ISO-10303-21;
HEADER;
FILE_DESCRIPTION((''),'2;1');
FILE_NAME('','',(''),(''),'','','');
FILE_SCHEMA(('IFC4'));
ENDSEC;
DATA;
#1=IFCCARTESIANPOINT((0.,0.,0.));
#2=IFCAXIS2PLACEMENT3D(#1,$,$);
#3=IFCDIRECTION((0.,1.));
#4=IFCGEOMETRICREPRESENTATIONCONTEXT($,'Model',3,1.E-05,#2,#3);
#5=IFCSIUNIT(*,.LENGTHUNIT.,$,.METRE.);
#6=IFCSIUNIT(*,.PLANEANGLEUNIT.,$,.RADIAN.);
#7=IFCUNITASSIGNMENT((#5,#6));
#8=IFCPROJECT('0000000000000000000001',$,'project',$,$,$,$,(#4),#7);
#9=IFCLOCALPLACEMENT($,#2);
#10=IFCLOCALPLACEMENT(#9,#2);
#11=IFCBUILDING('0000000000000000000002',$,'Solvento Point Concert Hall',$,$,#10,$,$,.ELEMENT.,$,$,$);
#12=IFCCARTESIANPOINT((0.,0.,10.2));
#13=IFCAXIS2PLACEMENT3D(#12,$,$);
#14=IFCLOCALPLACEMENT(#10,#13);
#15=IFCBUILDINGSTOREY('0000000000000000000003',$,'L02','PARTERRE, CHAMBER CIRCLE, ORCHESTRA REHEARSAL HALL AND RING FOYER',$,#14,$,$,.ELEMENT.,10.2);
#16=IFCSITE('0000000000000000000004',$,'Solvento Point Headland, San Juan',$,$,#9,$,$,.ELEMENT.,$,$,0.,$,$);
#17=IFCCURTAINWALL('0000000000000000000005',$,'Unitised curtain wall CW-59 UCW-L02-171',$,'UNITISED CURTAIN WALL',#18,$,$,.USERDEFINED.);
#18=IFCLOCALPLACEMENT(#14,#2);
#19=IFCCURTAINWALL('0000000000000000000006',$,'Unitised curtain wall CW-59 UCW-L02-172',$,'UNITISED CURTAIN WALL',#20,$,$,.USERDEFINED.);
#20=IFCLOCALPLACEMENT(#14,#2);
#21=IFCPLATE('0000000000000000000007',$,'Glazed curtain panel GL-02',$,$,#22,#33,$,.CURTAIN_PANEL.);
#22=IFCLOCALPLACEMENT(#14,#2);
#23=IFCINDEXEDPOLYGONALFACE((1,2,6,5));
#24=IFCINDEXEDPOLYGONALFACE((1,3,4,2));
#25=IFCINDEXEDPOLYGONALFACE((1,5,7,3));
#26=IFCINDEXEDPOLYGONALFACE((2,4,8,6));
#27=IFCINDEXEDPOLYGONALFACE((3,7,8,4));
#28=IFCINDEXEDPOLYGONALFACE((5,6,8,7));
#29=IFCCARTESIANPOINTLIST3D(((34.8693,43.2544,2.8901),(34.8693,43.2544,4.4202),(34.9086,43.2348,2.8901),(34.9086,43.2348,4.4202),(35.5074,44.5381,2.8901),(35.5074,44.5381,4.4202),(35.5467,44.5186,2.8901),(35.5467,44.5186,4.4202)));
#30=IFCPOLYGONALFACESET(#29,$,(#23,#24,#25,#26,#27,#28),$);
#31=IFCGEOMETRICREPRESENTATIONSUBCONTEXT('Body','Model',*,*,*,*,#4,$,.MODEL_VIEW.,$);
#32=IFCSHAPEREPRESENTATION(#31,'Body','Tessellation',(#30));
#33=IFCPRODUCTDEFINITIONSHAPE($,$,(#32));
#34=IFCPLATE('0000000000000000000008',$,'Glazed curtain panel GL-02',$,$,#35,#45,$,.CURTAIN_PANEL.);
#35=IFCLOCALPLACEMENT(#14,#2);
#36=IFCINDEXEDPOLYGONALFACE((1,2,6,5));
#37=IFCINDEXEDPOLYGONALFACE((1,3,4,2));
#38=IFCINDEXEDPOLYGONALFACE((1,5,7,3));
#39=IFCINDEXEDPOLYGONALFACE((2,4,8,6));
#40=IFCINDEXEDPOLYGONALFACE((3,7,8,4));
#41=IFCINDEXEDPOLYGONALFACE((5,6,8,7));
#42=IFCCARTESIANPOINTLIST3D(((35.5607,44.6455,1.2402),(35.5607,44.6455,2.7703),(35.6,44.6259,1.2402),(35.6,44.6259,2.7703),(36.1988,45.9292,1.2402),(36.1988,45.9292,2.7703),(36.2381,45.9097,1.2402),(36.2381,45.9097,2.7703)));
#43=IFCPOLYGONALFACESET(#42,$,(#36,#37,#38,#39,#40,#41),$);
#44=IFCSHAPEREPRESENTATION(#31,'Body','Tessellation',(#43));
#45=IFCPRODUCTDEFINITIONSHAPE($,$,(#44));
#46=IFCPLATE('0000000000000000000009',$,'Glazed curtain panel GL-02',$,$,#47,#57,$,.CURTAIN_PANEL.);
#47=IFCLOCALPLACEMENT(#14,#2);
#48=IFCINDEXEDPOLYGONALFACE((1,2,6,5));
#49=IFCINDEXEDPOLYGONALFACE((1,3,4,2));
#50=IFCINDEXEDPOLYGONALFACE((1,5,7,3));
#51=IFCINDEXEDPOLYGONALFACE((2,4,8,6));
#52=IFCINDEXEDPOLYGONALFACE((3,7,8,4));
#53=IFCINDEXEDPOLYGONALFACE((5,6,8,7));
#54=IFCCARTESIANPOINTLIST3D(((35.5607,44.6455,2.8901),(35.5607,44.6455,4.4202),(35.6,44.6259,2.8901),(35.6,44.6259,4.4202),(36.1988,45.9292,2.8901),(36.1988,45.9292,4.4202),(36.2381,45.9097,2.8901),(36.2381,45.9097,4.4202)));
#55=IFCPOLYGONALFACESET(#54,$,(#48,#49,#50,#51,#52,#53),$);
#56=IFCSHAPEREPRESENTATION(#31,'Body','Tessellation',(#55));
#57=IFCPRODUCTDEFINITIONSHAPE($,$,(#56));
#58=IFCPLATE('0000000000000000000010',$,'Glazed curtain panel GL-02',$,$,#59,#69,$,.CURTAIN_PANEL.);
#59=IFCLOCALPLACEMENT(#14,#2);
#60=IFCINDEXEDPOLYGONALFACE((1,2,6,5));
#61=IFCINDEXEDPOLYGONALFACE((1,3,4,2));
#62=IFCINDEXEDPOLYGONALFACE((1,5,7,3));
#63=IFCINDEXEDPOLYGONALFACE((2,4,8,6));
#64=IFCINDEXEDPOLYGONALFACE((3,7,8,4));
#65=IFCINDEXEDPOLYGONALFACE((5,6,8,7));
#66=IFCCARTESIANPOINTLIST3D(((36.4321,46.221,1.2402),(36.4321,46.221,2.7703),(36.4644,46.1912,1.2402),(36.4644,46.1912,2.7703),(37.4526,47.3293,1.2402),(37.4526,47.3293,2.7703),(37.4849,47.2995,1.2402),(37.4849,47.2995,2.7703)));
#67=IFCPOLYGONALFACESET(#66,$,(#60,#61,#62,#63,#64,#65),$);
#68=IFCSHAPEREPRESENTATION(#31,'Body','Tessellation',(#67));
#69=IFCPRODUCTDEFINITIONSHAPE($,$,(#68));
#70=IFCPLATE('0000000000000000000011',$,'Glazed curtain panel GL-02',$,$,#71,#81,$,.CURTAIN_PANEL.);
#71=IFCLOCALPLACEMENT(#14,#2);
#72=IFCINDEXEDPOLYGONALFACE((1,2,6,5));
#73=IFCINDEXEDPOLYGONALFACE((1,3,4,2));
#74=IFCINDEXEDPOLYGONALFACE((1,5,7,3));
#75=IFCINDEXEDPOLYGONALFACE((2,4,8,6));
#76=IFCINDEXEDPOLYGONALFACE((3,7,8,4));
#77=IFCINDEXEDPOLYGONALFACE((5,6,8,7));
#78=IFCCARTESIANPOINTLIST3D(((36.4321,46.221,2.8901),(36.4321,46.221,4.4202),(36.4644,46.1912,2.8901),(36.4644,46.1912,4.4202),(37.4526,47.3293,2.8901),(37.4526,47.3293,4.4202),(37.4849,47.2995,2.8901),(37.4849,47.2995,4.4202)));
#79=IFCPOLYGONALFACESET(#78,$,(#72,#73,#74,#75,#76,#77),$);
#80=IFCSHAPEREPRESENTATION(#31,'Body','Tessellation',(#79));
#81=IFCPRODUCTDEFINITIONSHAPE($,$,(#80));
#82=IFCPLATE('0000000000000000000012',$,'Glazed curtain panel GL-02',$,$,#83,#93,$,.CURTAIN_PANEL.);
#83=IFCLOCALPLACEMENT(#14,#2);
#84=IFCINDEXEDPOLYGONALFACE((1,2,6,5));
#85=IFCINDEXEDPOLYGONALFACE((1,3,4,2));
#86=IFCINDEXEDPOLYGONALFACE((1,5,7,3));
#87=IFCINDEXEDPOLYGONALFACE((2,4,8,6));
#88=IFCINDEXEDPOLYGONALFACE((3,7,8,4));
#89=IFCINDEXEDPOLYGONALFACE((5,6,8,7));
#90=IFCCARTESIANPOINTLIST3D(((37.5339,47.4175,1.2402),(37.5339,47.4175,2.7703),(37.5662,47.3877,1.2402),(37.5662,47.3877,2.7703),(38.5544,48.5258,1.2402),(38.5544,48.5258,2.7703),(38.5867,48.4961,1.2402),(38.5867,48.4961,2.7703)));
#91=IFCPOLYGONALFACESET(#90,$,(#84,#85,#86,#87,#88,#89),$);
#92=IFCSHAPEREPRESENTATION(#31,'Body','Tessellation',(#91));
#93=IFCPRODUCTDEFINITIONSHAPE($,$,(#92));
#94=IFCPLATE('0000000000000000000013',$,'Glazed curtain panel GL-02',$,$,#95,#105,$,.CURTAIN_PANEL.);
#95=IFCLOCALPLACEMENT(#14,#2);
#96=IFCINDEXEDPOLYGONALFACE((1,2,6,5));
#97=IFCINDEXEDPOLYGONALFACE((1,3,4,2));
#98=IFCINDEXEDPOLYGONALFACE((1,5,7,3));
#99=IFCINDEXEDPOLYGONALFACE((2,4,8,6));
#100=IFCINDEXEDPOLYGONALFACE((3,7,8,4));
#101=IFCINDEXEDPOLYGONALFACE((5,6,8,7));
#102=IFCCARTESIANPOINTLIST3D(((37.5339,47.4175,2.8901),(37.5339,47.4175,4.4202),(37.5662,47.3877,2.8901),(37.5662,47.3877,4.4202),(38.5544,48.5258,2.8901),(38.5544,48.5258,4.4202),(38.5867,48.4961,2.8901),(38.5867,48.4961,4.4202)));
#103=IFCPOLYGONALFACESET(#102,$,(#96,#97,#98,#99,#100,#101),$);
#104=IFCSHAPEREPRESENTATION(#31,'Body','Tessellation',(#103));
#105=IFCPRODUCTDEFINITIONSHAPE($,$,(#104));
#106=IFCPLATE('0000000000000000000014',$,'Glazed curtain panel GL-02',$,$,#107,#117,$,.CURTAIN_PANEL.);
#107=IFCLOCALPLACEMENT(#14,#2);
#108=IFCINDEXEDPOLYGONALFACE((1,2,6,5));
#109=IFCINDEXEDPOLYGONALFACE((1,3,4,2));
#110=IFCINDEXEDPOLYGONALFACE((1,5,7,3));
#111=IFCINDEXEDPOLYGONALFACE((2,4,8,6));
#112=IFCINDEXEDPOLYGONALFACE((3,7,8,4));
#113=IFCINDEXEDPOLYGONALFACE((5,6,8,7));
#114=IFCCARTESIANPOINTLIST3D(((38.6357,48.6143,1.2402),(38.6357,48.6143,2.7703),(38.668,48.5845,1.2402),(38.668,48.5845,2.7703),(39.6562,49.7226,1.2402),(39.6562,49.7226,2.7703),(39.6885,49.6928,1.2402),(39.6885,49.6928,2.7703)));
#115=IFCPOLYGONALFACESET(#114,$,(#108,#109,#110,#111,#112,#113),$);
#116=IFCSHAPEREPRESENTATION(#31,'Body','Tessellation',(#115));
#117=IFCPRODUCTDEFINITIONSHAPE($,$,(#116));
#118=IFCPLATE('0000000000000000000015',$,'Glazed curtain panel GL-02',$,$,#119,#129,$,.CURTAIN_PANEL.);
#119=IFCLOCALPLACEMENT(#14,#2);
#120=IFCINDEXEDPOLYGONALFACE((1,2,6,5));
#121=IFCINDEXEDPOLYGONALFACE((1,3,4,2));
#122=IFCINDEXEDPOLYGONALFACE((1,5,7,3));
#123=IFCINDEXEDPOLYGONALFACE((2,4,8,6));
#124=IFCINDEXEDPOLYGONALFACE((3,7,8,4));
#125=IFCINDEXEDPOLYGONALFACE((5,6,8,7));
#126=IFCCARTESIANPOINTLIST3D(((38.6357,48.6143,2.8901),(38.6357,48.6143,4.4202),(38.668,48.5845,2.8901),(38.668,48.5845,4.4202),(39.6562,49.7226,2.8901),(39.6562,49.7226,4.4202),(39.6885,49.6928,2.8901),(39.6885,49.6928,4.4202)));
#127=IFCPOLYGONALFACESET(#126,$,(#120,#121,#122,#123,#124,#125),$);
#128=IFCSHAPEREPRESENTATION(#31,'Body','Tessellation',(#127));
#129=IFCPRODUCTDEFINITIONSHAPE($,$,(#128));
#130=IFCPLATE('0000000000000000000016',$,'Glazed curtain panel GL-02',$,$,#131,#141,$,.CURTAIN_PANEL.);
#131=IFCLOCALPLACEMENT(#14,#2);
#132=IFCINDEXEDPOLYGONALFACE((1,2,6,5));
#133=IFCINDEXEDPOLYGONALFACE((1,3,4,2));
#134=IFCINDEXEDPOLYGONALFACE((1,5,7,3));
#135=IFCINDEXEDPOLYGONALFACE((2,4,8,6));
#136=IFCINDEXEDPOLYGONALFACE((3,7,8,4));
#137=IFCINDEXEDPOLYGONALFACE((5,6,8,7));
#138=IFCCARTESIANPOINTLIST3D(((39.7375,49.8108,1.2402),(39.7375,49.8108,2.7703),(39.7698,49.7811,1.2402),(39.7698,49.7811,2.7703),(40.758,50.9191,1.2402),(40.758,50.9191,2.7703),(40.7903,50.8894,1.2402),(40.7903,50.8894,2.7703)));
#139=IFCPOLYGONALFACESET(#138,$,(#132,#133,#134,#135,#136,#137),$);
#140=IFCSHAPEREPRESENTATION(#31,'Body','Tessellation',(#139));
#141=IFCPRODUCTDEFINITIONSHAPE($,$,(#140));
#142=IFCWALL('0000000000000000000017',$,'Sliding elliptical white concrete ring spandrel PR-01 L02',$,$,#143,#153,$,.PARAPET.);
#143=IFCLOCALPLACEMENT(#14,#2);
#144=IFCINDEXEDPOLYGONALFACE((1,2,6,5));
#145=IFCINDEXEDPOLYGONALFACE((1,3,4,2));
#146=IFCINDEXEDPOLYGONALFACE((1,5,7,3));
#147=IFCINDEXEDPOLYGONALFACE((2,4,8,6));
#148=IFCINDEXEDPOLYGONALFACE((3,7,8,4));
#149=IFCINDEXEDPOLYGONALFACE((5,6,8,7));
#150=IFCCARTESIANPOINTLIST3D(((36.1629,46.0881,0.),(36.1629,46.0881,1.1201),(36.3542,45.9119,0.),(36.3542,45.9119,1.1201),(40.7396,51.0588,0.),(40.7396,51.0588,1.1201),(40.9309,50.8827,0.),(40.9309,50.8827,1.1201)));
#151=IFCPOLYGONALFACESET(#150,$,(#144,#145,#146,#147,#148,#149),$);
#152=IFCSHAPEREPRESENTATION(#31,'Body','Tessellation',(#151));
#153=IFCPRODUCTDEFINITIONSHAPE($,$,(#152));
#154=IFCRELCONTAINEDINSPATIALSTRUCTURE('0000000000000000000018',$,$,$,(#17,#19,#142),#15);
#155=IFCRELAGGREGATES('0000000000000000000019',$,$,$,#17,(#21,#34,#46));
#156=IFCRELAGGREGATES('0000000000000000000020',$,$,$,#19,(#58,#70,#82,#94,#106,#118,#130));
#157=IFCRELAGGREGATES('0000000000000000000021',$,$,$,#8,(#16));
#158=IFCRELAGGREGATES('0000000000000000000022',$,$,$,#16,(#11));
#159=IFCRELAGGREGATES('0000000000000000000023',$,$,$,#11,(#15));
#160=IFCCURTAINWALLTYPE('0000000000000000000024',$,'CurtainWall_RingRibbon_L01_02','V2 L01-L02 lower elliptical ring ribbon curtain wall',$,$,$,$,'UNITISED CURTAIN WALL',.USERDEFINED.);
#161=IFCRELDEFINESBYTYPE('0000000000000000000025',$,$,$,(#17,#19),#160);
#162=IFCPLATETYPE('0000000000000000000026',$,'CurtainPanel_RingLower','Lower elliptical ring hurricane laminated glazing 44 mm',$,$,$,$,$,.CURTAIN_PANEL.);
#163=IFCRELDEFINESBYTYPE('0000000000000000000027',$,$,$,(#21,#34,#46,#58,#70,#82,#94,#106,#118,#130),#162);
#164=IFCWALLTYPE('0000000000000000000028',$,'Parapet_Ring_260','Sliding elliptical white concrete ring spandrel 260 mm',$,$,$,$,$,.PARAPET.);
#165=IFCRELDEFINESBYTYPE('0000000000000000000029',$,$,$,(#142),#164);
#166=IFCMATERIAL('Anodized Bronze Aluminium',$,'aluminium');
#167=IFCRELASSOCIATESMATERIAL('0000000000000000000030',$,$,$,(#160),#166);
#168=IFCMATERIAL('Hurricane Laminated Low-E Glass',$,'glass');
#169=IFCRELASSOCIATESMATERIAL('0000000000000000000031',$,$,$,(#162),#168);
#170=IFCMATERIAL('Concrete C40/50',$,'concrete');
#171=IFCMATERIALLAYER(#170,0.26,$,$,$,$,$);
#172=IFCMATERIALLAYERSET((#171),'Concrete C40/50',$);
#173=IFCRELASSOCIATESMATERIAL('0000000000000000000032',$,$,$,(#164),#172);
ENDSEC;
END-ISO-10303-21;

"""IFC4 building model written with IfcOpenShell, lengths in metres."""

from ifc_helpers import new_model, si_unit, direction, frame, frame_2d, origin, origin_2d, place, context, subcontext, project, spatial, rectangle, extrude, material, layer, layer_set, type_object, element, aggregate, save


model = new_model("IFC4")

# Units and contexts
model_context = context("Model", 3, precision=1e-05, world=origin(), true_north=direction((0.0, 1.0)))
body_context = subcontext(model_context, "Body", "Model", "MODEL_VIEW")
ifc_project = project(units=[si_unit("LENGTHUNIT", "METRE"), si_unit("PLANEANGLEUNIT", "RADIAN")], contexts=[model_context])

# Site, building, storey
site_placement = place(None, origin())
site = spatial("IfcSite", under=ifc_project, at=site_placement, Name="Solvento Point Headland, San Juan", CompositionType="ELEMENT", RefElevation=0.0)
building_placement = place(site_placement, origin())
building = spatial("IfcBuilding", under=site, at=building_placement, Name="Solvento Point Concert Hall", CompositionType="ELEMENT")
storey_placement = place(building_placement, frame((0.0, 0.0, 10.2)))
storey = spatial("IfcBuildingStorey", under=building, at=storey_placement, Name="L02", Description="PARTERRE, CHAMBER CIRCLE, ORCHESTRA REHEARSAL HALL AND RING FOYER", CompositionType="ELEMENT", Elevation=10.2)

# Curtain walls
ifc_material_1 = material(Name="Anodized Bronze Aluminium", Category="aluminium")
curtain_wall_type = type_object("IfcCurtainWallType", Name="CurtainWall_RingRibbon_L01_02", Description="V2 L01-L02 lower elliptical ring ribbon curtain wall", ElementType="UNITISED CURTAIN WALL", PredefinedType="USERDEFINED", material=ifc_material_1)
curtain_wall_1_placement = place(storey_placement, origin())
curtain_wall_1 = element("IfcCurtainWall", 1, at=curtain_wall_1_placement, inside=storey, type_object=curtain_wall_type, Name="Unitised curtain wall CW-59 UCW-L02-171", ObjectType="UNITISED CURTAIN WALL", PredefinedType="USERDEFINED")
curtain_wall_2_placement = place(storey_placement, origin())
curtain_wall_2 = element("IfcCurtainWall", 2, at=curtain_wall_2_placement, inside=storey, type_object=curtain_wall_type, Name="Unitised curtain wall CW-59 UCW-L02-172", ObjectType="UNITISED CURTAIN WALL", PredefinedType="USERDEFINED")

# Plates
ifc_material_2 = material(Name="Hurricane Laminated Low-E Glass", Category="glass")
plate_type = type_object("IfcPlateType", Name="CurtainPanel_RingLower", Description="Lower elliptical ring hurricane laminated glazing 44 mm", PredefinedType="CURTAIN_PANEL", material=ifc_material_2)
plate_1_placement = place(storey_placement, frame((35.208, 43.8865, 2.8901), z_axis=(0.0, 0.0, 1.0), x_axis=(0.445115, 0.895473, 0.0)))
plate_1 = element("IfcPlate", 3, at=plate_1_placement, type_object=plate_type, Name="Glazed curtain panel GL-02", PredefinedType="CURTAIN_PANEL", context=body_context, shape_type="SweptSolid", body=[
    extrude(rectangle(XDim=1.4336, YDim=0.0439, at=origin_2d()), origin(), (0.0, 0.0, 1.0), 1.53),
])
plate_2_placement = place(storey_placement, frame((35.8994, 45.2776, 1.2402), z_axis=(0.0, 0.0, 1.0), x_axis=(0.445115, 0.895473, 0.0)))
plate_2 = element("IfcPlate", 4, at=plate_2_placement, type_object=plate_type, Name="Glazed curtain panel GL-02", PredefinedType="CURTAIN_PANEL", context=body_context, shape_type="SweptSolid", body=[
    extrude(rectangle(XDim=1.4336, YDim=0.0439, at=origin_2d()), origin(), (0.0, 0.0, 1.0), 1.53),
])
plate_3_placement = place(storey_placement, frame((35.8994, 45.2776, 2.8901), z_axis=(0.0, 0.0, 1.0), x_axis=(0.445115, 0.895473, 0.0)))
plate_3 = element("IfcPlate", 5, at=plate_3_placement, type_object=plate_type, Name="Glazed curtain panel GL-02", PredefinedType="CURTAIN_PANEL", context=body_context, shape_type="SweptSolid", body=[
    extrude(rectangle(XDim=1.4336, YDim=0.0439, at=origin_2d()), origin(), (0.0, 0.0, 1.0), 1.53),
])
aggregate(curtain_wall_1, [plate_1, plate_2, plate_3])
plate_4_placement = place(storey_placement, frame((36.9585, 46.7603, 1.2402), z_axis=(0.0, 0.0, 1.0), x_axis=(0.677365, 0.735647, 0.0)))
plate_4 = element("IfcPlate", 6, at=plate_4_placement, type_object=plate_type, Name="Glazed curtain panel GL-02", PredefinedType="CURTAIN_PANEL", context=body_context, shape_type="SweptSolid", body=[
    extrude(rectangle(XDim=1.5066, YDim=0.0439, at=origin_2d()), origin(), (0.0, 0.0, 1.0), 1.53),
])
plate_5_placement = place(storey_placement, frame((36.9585, 46.7603, 2.8901), z_axis=(0.0, 0.0, 1.0), x_axis=(0.677365, 0.735647, 0.0)))
plate_5 = element("IfcPlate", 7, at=plate_5_placement, type_object=plate_type, Name="Glazed curtain panel GL-02", PredefinedType="CURTAIN_PANEL", context=body_context, shape_type="SweptSolid", body=[
    extrude(rectangle(XDim=1.5066, YDim=0.0439, at=origin_2d()), origin(), (0.0, 0.0, 1.0), 1.53),
])
plate_6_placement = place(storey_placement, frame((38.0603, 47.9568, 1.2402), z_axis=(0.0, 0.0, 1.0), x_axis=(0.677365, 0.735647, 0.0)))
plate_6 = element("IfcPlate", 8, at=plate_6_placement, type_object=plate_type, Name="Glazed curtain panel GL-02", PredefinedType="CURTAIN_PANEL", context=body_context, shape_type="SweptSolid", body=[
    extrude(rectangle(XDim=1.5066, YDim=0.0439, at=origin_2d()), origin(), (0.0, 0.0, 1.0), 1.53),
])
plate_7_placement = place(storey_placement, frame((38.0603, 47.9568, 2.8901), z_axis=(0.0, 0.0, 1.0), x_axis=(0.677365, 0.735647, 0.0)))
plate_7 = element("IfcPlate", 9, at=plate_7_placement, type_object=plate_type, Name="Glazed curtain panel GL-02", PredefinedType="CURTAIN_PANEL", context=body_context, shape_type="SweptSolid", body=[
    extrude(rectangle(XDim=1.5066, YDim=0.0439, at=origin_2d()), origin(), (0.0, 0.0, 1.0), 1.53),
])
plate_8_placement = place(storey_placement, frame((39.1621, 49.1536, 1.2402), z_axis=(0.0, 0.0, 1.0), x_axis=(0.677365, 0.735647, 0.0)))
plate_8 = element("IfcPlate", 10, at=plate_8_placement, type_object=plate_type, Name="Glazed curtain panel GL-02", PredefinedType="CURTAIN_PANEL", context=body_context, shape_type="SweptSolid", body=[
    extrude(rectangle(XDim=1.5066, YDim=0.0439, at=origin_2d()), origin(), (0.0, 0.0, 1.0), 1.53),
])
plate_9_placement = place(storey_placement, frame((39.1621, 49.1536, 2.8901), z_axis=(0.0, 0.0, 1.0), x_axis=(0.677365, 0.735647, 0.0)))
plate_9 = element("IfcPlate", 11, at=plate_9_placement, type_object=plate_type, Name="Glazed curtain panel GL-02", PredefinedType="CURTAIN_PANEL", context=body_context, shape_type="SweptSolid", body=[
    extrude(rectangle(XDim=1.5066, YDim=0.0439, at=origin_2d()), origin(), (0.0, 0.0, 1.0), 1.53),
])
plate_10_placement = place(storey_placement, frame((40.2639, 50.3501, 1.2402), z_axis=(0.0, 0.0, 1.0), x_axis=(0.677365, 0.735647, 0.0)))
plate_10 = element("IfcPlate", 12, at=plate_10_placement, type_object=plate_type, Name="Glazed curtain panel GL-02", PredefinedType="CURTAIN_PANEL", context=body_context, shape_type="SweptSolid", body=[
    extrude(rectangle(XDim=1.5066, YDim=0.0439, at=origin_2d()), origin(), (0.0, 0.0, 1.0), 1.53),
])
aggregate(curtain_wall_2, [plate_4, plate_5, plate_6, plate_7, plate_8, plate_9, plate_10])

# Wall
ifc_material_3 = material(Name="Concrete C40/50", Category="concrete")
ifc_layer = layer(ifc_material_3, 0.26)
ifc_layer_set = layer_set([ifc_layer], Name="Concrete C40/50")
wall_type = type_object("IfcWallType", Name="Parapet_Ring_260", Description="Sliding elliptical white concrete ring spandrel 260 mm", PredefinedType="PARAPET", material=ifc_layer_set)
wall_placement = place(storey_placement, frame((36.2585, 46.0, 0.0), z_axis=(0.0, 0.0, 1.0), x_axis=(0.677346, 0.735664, 0.0)))
element("IfcWall", 13, at=wall_placement, inside=storey, type_object=wall_type, Name="Sliding elliptical white concrete ring spandrel PR-01 L02", PredefinedType="PARAPET", context=body_context, shape_type="SweptSolid", body=[
    extrude(rectangle(XDim=6.7568, YDim=0.26, at=frame_2d((3.3784, 0.0))), origin(), (0.0, 0.0, 1.0), 1.1201),
])

save(model, "model.ifc")
